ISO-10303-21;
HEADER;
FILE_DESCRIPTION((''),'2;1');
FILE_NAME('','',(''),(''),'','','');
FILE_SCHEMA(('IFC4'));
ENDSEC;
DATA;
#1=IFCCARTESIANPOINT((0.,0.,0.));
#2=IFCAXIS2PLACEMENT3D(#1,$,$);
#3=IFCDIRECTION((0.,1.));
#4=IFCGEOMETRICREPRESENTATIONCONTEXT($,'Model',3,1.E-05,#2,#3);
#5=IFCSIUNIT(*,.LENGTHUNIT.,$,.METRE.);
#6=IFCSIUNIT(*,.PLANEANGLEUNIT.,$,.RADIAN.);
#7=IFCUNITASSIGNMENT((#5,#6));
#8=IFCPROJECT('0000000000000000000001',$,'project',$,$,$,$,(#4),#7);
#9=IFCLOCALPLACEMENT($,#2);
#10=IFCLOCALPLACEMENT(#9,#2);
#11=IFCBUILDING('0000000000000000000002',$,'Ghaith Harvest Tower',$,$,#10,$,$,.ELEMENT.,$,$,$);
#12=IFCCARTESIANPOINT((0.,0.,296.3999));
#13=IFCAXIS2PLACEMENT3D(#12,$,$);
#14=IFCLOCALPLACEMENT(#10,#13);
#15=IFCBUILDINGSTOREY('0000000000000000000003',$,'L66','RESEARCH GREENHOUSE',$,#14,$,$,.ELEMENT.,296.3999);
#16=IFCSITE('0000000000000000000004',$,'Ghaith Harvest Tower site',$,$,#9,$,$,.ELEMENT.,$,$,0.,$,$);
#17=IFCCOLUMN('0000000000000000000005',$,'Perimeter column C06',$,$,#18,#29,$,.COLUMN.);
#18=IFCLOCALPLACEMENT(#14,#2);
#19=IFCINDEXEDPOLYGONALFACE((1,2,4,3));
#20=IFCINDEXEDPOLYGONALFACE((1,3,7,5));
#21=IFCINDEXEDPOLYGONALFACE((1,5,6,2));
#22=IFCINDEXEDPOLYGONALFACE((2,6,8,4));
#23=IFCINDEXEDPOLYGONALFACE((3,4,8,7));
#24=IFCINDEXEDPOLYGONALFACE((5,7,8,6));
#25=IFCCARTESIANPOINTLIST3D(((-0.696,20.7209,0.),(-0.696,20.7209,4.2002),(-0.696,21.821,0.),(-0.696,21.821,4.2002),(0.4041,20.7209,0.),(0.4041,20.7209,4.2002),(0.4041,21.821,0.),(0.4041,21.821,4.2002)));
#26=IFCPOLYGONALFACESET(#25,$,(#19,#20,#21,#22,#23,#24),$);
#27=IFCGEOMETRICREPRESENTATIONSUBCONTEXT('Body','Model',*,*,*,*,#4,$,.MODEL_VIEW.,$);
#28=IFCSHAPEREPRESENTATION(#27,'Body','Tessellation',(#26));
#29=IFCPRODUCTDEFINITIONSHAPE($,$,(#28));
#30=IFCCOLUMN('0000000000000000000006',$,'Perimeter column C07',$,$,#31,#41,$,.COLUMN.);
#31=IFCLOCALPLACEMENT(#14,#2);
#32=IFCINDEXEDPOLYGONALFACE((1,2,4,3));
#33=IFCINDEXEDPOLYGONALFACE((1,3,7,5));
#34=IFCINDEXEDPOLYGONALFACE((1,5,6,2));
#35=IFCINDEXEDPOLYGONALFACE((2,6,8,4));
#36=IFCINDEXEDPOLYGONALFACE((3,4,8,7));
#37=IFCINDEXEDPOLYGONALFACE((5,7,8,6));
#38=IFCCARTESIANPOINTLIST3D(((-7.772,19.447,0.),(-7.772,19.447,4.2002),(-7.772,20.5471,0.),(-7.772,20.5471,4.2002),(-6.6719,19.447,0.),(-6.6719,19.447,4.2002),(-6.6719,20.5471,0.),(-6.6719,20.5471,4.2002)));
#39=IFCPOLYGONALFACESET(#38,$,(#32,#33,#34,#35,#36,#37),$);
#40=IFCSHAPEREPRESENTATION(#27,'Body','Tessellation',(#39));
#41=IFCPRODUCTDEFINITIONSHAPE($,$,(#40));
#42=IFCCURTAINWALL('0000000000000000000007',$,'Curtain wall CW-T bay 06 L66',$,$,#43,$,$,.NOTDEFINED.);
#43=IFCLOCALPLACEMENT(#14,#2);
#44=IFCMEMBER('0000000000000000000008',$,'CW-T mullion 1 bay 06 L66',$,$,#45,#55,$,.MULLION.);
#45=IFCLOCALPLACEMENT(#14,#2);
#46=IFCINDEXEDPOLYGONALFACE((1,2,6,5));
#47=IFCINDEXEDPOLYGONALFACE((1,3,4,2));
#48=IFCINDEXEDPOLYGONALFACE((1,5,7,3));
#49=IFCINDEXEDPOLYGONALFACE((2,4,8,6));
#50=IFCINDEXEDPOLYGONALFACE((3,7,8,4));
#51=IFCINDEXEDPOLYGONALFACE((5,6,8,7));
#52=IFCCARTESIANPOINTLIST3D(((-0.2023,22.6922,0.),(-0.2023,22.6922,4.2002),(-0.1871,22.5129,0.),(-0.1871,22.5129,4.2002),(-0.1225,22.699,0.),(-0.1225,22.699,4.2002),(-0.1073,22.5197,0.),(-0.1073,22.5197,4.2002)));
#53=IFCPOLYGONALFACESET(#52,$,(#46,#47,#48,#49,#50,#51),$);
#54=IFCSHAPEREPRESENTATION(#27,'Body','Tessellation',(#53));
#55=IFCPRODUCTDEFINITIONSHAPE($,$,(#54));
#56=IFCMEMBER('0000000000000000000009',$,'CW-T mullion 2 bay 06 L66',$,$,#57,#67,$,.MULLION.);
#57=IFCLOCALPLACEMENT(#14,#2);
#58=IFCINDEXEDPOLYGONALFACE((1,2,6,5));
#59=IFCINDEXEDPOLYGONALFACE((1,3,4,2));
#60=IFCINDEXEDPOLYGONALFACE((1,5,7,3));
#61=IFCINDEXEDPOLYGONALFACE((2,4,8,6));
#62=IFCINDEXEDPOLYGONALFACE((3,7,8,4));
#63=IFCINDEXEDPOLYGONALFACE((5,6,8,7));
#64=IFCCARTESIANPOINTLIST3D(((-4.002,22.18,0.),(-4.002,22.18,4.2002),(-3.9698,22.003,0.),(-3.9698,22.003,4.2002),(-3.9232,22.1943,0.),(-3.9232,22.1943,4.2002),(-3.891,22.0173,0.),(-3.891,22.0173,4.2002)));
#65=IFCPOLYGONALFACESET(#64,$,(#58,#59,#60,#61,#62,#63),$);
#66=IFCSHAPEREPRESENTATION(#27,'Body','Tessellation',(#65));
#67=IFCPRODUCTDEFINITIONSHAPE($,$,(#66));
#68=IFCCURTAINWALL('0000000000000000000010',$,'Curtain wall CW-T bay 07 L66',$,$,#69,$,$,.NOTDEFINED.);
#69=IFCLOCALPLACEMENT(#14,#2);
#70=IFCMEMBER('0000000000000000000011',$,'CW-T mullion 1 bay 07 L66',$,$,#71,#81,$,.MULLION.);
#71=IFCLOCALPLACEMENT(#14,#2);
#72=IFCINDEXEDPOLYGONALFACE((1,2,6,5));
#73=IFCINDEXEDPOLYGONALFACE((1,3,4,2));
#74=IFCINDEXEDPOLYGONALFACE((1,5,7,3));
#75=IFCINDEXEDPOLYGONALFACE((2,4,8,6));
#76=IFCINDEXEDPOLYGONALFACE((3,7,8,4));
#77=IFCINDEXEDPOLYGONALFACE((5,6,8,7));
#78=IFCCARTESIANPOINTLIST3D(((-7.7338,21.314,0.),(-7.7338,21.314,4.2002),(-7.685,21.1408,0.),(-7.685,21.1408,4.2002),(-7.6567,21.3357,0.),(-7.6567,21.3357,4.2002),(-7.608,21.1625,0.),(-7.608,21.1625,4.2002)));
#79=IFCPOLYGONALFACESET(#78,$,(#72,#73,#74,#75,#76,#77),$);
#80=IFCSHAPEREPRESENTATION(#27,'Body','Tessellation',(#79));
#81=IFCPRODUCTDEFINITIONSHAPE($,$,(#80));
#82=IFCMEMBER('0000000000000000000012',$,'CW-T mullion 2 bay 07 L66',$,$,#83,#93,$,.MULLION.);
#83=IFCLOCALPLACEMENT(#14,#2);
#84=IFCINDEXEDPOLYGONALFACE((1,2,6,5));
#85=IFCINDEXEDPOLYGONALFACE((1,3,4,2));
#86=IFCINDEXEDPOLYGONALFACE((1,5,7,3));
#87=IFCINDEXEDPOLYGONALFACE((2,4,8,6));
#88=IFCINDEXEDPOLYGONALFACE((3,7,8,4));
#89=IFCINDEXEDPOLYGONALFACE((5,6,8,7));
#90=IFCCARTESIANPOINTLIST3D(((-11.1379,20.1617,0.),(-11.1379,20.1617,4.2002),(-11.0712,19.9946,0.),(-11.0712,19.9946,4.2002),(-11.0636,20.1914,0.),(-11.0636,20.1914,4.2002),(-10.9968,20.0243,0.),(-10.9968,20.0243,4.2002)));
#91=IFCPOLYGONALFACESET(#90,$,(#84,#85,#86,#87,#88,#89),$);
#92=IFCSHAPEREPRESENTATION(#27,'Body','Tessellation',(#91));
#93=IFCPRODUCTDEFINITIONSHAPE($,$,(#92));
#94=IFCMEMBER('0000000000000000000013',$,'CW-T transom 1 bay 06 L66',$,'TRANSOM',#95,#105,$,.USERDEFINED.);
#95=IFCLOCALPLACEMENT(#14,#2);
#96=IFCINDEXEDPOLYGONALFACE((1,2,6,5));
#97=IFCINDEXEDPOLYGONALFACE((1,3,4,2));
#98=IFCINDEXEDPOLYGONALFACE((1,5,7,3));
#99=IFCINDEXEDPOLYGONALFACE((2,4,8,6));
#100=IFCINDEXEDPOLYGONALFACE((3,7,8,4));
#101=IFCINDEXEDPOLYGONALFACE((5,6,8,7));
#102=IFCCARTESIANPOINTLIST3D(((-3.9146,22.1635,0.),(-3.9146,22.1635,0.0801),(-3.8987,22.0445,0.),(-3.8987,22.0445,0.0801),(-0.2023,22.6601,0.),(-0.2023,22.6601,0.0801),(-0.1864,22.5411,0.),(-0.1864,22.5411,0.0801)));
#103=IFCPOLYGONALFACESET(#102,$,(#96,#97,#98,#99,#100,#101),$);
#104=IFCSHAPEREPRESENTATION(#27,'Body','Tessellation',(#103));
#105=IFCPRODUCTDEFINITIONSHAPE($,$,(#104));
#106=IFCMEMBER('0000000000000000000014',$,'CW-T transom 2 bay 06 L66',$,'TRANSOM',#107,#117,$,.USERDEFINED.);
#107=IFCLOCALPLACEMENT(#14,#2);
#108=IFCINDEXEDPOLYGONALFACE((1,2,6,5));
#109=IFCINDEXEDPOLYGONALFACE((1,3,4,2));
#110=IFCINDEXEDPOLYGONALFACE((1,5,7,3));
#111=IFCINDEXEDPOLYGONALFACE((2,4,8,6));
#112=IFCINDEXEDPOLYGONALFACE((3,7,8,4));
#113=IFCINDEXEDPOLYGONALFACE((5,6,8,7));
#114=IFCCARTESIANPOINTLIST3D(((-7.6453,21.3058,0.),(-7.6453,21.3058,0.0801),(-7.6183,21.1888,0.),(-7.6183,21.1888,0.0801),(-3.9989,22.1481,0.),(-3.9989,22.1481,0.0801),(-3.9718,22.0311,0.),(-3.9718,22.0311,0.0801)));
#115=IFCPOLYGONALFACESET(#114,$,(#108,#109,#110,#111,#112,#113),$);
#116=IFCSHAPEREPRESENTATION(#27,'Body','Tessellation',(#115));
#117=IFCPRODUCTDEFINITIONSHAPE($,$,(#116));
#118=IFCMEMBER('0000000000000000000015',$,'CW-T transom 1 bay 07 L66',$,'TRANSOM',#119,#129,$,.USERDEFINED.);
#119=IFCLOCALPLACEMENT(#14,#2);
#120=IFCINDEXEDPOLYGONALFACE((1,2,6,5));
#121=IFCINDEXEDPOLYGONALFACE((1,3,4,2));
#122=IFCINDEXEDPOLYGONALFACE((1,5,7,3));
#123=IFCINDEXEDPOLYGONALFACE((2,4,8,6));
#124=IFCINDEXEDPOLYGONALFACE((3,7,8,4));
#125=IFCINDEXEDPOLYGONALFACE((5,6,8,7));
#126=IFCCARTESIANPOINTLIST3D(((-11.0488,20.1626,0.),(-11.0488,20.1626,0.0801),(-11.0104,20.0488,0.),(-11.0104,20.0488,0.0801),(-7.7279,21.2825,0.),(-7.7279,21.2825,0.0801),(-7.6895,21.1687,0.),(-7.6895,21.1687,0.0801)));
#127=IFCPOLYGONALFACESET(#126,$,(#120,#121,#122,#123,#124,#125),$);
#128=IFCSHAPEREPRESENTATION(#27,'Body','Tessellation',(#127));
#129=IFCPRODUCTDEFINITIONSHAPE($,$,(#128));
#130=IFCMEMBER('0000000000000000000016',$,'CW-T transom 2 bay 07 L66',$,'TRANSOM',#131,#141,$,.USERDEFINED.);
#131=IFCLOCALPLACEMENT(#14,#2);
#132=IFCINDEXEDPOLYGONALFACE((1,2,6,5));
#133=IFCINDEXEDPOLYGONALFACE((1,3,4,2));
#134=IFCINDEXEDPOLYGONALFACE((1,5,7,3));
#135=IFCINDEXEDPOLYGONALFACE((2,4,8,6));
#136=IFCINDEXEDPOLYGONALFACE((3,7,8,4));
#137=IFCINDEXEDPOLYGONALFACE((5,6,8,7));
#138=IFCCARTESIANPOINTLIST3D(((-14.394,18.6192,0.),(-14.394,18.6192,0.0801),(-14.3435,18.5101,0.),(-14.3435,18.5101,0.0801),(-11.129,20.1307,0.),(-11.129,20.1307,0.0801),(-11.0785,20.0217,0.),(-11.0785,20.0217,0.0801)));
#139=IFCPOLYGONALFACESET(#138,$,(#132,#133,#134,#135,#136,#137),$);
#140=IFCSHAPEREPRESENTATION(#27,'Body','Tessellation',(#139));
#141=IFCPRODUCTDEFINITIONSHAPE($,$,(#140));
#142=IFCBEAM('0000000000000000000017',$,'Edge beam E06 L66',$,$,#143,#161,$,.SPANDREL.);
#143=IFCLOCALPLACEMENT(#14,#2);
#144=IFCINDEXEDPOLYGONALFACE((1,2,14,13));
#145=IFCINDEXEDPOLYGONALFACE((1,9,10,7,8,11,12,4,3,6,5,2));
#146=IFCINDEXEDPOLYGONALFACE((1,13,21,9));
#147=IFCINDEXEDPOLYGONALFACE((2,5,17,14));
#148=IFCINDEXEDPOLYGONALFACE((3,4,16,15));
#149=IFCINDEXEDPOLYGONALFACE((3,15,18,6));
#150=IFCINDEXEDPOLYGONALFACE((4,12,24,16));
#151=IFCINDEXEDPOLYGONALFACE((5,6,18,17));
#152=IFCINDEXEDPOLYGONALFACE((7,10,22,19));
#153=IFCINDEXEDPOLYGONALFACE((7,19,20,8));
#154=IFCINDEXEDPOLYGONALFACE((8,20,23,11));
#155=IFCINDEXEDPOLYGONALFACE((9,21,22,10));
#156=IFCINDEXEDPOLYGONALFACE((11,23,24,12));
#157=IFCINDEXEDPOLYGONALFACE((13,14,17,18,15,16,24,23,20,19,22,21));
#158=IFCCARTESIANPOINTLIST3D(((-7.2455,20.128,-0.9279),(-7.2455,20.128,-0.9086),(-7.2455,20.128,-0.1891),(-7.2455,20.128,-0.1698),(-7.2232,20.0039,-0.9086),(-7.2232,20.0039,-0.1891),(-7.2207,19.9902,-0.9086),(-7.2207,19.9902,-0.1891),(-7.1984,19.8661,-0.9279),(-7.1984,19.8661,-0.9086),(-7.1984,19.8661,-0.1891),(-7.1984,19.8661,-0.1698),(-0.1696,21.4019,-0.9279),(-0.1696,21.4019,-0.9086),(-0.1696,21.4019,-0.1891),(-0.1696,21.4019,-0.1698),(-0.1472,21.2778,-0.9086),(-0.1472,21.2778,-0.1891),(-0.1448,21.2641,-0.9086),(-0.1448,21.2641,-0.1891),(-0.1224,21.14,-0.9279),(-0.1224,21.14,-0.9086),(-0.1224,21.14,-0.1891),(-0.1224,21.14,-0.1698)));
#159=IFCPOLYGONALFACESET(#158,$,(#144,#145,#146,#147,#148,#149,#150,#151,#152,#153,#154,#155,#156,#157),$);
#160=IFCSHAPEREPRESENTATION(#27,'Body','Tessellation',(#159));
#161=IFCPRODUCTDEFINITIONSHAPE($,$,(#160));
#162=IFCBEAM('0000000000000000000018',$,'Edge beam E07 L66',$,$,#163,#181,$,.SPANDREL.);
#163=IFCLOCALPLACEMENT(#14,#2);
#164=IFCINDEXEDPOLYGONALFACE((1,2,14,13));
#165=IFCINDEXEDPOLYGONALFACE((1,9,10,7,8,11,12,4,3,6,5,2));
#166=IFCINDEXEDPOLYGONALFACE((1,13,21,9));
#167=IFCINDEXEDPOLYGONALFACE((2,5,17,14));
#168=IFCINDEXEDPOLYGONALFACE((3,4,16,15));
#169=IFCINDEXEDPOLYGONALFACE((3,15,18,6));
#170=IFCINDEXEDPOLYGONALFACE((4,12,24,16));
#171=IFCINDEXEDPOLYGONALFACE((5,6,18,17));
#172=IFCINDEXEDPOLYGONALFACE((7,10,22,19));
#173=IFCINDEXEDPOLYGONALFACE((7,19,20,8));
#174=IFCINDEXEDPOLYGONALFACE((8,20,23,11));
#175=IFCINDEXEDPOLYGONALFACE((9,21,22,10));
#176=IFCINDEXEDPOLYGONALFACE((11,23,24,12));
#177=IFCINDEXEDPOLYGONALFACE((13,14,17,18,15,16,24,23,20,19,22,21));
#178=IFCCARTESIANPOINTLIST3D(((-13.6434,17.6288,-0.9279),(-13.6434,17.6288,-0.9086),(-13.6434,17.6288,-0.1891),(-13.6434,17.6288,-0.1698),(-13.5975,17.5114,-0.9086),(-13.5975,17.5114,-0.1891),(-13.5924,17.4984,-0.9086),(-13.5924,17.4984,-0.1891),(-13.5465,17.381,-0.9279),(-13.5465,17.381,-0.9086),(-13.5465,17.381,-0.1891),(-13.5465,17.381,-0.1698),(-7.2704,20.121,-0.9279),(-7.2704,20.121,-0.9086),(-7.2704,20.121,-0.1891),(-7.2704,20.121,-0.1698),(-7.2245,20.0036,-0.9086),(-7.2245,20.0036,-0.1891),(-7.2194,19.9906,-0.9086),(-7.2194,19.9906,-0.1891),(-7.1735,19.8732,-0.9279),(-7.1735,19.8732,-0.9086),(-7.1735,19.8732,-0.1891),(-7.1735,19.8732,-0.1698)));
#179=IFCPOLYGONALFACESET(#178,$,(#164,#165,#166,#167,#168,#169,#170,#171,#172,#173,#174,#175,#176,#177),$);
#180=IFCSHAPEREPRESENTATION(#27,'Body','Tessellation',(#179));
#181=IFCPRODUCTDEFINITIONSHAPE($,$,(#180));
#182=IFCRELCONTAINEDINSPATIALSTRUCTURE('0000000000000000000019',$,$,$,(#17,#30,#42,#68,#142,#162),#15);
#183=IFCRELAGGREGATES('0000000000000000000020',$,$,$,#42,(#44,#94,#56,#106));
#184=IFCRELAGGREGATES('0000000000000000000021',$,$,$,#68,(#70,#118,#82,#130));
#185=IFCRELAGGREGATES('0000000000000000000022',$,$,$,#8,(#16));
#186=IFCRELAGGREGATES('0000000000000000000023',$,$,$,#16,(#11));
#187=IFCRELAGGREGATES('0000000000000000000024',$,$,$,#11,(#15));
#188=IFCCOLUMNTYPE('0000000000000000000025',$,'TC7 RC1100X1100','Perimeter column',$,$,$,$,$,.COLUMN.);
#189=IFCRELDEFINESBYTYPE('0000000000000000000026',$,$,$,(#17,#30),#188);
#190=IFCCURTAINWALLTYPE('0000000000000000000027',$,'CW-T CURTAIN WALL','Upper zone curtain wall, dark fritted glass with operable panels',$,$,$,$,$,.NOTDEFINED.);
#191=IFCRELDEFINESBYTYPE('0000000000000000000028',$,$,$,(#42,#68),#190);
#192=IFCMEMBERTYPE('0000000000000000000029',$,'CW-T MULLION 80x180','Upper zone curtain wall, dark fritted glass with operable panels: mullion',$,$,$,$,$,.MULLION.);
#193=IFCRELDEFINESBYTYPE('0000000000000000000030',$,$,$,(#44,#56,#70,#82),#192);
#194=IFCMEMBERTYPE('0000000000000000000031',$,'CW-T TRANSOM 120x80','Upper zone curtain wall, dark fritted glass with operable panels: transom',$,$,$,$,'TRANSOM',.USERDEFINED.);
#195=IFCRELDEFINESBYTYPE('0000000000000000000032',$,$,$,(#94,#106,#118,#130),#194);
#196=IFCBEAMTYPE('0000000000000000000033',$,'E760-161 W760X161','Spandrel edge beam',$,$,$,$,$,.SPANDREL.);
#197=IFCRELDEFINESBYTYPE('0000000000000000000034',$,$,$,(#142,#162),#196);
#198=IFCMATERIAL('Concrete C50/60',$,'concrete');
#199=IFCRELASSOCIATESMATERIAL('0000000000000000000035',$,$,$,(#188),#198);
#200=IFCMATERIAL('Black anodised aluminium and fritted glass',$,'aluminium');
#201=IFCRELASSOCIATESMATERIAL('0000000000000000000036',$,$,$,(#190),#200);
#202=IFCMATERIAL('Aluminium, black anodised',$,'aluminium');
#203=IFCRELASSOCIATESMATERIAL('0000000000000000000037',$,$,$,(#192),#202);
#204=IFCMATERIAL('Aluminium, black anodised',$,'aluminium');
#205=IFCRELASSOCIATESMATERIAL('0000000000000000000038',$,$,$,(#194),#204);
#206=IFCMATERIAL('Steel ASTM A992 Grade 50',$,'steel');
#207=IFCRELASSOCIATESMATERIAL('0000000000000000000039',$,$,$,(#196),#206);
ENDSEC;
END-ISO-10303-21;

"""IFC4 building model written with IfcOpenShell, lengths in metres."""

from ifc_helpers import new_model, si_unit, direction, frame, origin, origin_2d, place, context, subcontext, project, spatial, rectangle, i_section, extrude, material, material_profile, profile_set, type_object, element, aggregate, save


model = new_model("IFC4")

# Units and contexts
model_context = context("Model", 3, precision=1e-05, world=origin(), true_north=direction((0.0, 1.0)))
body_context = subcontext(model_context, "Body", "Model", "MODEL_VIEW")
ifc_project = project(units=[si_unit("LENGTHUNIT", "METRE"), si_unit("PLANEANGLEUNIT", "RADIAN")], contexts=[model_context])

# Site, building, storey
site_placement = place(None, origin())
site = spatial("IfcSite", under=ifc_project, at=site_placement, Name="Ghaith Harvest Tower site", CompositionType="ELEMENT", RefElevation=0.0)
building_placement = place(site_placement, origin())
building = spatial("IfcBuilding", under=site, at=building_placement, Name="Ghaith Harvest Tower", CompositionType="ELEMENT")
storey_placement = place(building_placement, frame((0.0, 0.0, 296.3999)))
storey = spatial("IfcBuildingStorey", under=building, at=storey_placement, Name="L66", Description="RESEARCH GREENHOUSE", CompositionType="ELEMENT", Elevation=296.3999)

# Columns
ifc_material_1 = material(Name="Concrete C50/60", Category="concrete")
ifc_material_profile_1 = material_profile(ifc_material_1, rectangle(XDim=1.1001, YDim=1.1001, at=origin_2d()), Name="RC1100X1100")
ifc_profile_set_1 = profile_set([ifc_material_profile_1], Name="Concrete C50/60")
column_type = type_object("IfcColumnType", Name="TC7 RC1100X1100", Description="Perimeter column", PredefinedType="COLUMN", material=ifc_profile_set_1)
for number, where, z_axis, x_axis, name in (
    (1, (-0.146, 21.271, 0.0), (0.0, 0.0, 1.0), (1.0, 0.0, 0.0), "Perimeter column C06"),
    (2, (-7.2219, 19.9971, 0.0), (0.0, 0.0, 1.0), (1.0, 0.0, 0.0), "Perimeter column C07"),
):
    element("IfcColumn", number, at=place(storey_placement, frame(where, z_axis=z_axis, x_axis=x_axis)), inside=storey, type_object=column_type, Name=name, PredefinedType="COLUMN", context=body_context, shape_type="SweptSolid", body=[
        extrude(rectangle(XDim=1.1001, YDim=1.1001, at=origin_2d()), origin(), (0.0, 0.0, 1.0), 4.2002),
    ])

# Curtain walls, members
ifc_material_2 = material(Name="Black anodised aluminium and fritted glass", Category="aluminium")
curtain_wall_type = type_object("IfcCurtainWallType", Name="CW-T CURTAIN WALL", Description="Upper zone curtain wall, dark fritted glass with operable panels", PredefinedType="NOTDEFINED", material=ifc_material_2)
curtain_wall_1_placement = place(storey_placement, origin())
curtain_wall_1 = element("IfcCurtainWall", 3, at=curtain_wall_1_placement, inside=storey, type_object=curtain_wall_type, Name="Curtain wall CW-T bay 06 L66", PredefinedType="NOTDEFINED")
ifc_material_3 = material(Name="Aluminium, black anodised", Category="aluminium")
ifc_material_profile_2 = material_profile(ifc_material_3, rectangle(XDim=0.0801, YDim=0.1799, at=origin_2d()), Name="CW-T MULLION 80x180")
ifc_profile_set_2 = profile_set([ifc_material_profile_2], Name="Aluminium, black anodised")
member_type_1 = type_object("IfcMemberType", Name="CW-T MULLION 80x180", Description="Upper zone curtain wall, dark fritted glass with operable panels: mullion", PredefinedType="MULLION", material=ifc_profile_set_2)
member_1_placement = place(storey_placement, frame((-0.1548, 22.606, 0.0), z_axis=(0.0, 0.0, 1.0), x_axis=(-0.996415, -0.084602, 0.0)))
member_1 = element("IfcMember", 4, at=member_1_placement, type_object=member_type_1, Name="CW-T mullion 1 bay 06 L66", PredefinedType="MULLION", context=body_context, shape_type="SweptSolid", body=[
    extrude(rectangle(XDim=0.0801, YDim=0.1799, at=origin_2d()), origin(), (0.0, 0.0, 1.0), 4.2002),
])
member_2_placement = place(storey_placement, frame((-3.9465, 22.0986, 0.0), z_axis=(0.0, 0.0, 1.0), x_axis=(-0.983843, -0.179031, 0.0)))
member_2 = element("IfcMember", 5, at=member_2_placement, type_object=member_type_1, Name="CW-T mullion 2 bay 06 L66", PredefinedType="MULLION", context=body_context, shape_type="SweptSolid", body=[
    extrude(rectangle(XDim=0.0801, YDim=0.1799, at=origin_2d()), origin(), (0.0, 0.0, 1.0), 4.2002),
])
curtain_wall_2_placement = place(storey_placement, origin())
curtain_wall_2 = element("IfcCurtainWall", 6, at=curtain_wall_2_placement, inside=storey, type_object=curtain_wall_type, Name="Curtain wall CW-T bay 07 L66", PredefinedType="NOTDEFINED")
member_3_placement = place(storey_placement, frame((-7.6709, 21.2383, 0.0), z_axis=(0.0, 0.0, 1.0), x_axis=(-0.962552, -0.271095, 0.0)))
member_3 = element("IfcMember", 7, at=member_3_placement, type_object=member_type_1, Name="CW-T mullion 1 bay 07 L66", PredefinedType="MULLION", context=body_context, shape_type="SweptSolid", body=[
    extrude(rectangle(XDim=0.0801, YDim=0.1799, at=origin_2d()), origin(), (0.0, 0.0, 1.0), 4.2002),
])
member_4_placement = place(storey_placement, frame((-11.0674, 20.093, 0.0), z_axis=(0.0, 0.0, 1.0), x_axis=(-0.928624, -0.371021, 0.0)))
member_4 = element("IfcMember", 8, at=member_4_placement, type_object=member_type_1, Name="CW-T mullion 2 bay 07 L66", PredefinedType="MULLION", context=body_context, shape_type="SweptSolid", body=[
    extrude(rectangle(XDim=0.0801, YDim=0.1799, at=origin_2d()), origin(), (0.0, 0.0, 1.0), 4.2002),
])

# Members
ifc_material_4 = material(Name="Aluminium, black anodised", Category="aluminium")
ifc_material_profile_3 = material_profile(ifc_material_4, rectangle(XDim=0.1201, YDim=0.0801, at=origin_2d()), Name="CW-T TRANSOM 120x80")
ifc_profile_set_3 = profile_set([ifc_material_profile_3], Name="Aluminium, black anodised")
member_type_2 = type_object("IfcMemberType", Name="CW-T TRANSOM 120x80", Description="Upper zone curtain wall, dark fritted glass with operable panels: transom", ElementType="TRANSOM", PredefinedType="USERDEFINED", material=ifc_profile_set_3)
member_5_placement = place(storey_placement, frame((-0.1943, 22.6006, 0.04), z_axis=(-0.991172, -0.132582, 0.0), x_axis=(0.132582, -0.991172, 0.0)))
member_5 = element("IfcMember", 9, at=member_5_placement, type_object=member_type_2, Name="CW-T transom 1 bay 06 L66", ObjectType="TRANSOM", PredefinedType="USERDEFINED", context=body_context, shape_type="SweptSolid", body=[
    extrude(rectangle(XDim=0.1201, YDim=0.0801, at=origin_2d()), origin(), (0.0, 0.0, 1.0), 3.7454),
])
member_6_placement = place(storey_placement, frame((-3.9854, 22.0896, 0.04), z_axis=(-0.974345, -0.22506, 0.0), x_axis=(0.22506, -0.974345, 0.0)))
member_6 = element("IfcMember", 10, at=member_6_placement, type_object=member_type_2, Name="CW-T transom 2 bay 06 L66", ObjectType="TRANSOM", PredefinedType="USERDEFINED", context=body_context, shape_type="SweptSolid", body=[
    extrude(rectangle(XDim=0.1201, YDim=0.0801, at=origin_2d()), origin(), (0.0, 0.0, 1.0), 3.7424),
])
member_7_placement = place(storey_placement, frame((-7.7087, 21.2256, 0.04), z_axis=(-0.94757, -0.319549, 0.0), x_axis=(0.319549, -0.94757, 0.0)))
member_7 = element("IfcMember", 11, at=member_7_placement, type_object=member_type_2, Name="CW-T transom 1 bay 07 L66", ObjectType="TRANSOM", PredefinedType="USERDEFINED", context=body_context, shape_type="SweptSolid", body=[
    extrude(rectangle(XDim=0.1201, YDim=0.0801, at=origin_2d()), origin(), (0.0, 0.0, 1.0), 3.5046),
])
member_8_placement = place(storey_placement, frame((-11.1038, 20.0762, 0.04), z_axis=(-0.907472, -0.420112, 0.0), x_axis=(0.420112, -0.907472, 0.0)))
member_8 = element("IfcMember", 12, at=member_8_placement, type_object=member_type_2, Name="CW-T transom 2 bay 07 L66", ObjectType="TRANSOM", PredefinedType="USERDEFINED", context=body_context, shape_type="SweptSolid", body=[
    extrude(rectangle(XDim=0.1201, YDim=0.0801, at=origin_2d()), origin(), (0.0, 0.0, 1.0), 3.5979),
])

# Beams
ifc_material_5 = material(Name="Steel ASTM A992 Grade 50", Category="steel")
ifc_material_profile_4 = material_profile(ifc_material_5, i_section(OverallWidth=0.2661, OverallDepth=0.7581, WebThickness=0.0139, FlangeThickness=0.0193, at=origin_2d()), Name="W760X161")
ifc_profile_set_4 = profile_set([ifc_material_profile_4], Name="Steel ASTM A992 Grade 50")
beam_type_1 = type_object("IfcBeamType", Name="E760-161 W760X161", Description="Spandrel edge beam", PredefinedType="SPANDREL", material=ifc_profile_set_4)
beam_1_placement = place(storey_placement, frame((-0.146, 21.271, -0.5488), z_axis=(-0.984177, -0.177188, 0.0), x_axis=(0.177188, -0.984177, 0.0)))
element("IfcBeam", 13, at=beam_1_placement, inside=storey, type_object=beam_type_1, Name="Edge beam E06 L66", PredefinedType="SPANDREL", context=body_context, shape_type="SweptSolid", body=[
    extrude(i_section(OverallWidth=0.2661, OverallDepth=0.7581, WebThickness=0.0139, FlangeThickness=0.0193, at=origin_2d()), origin(), (0.0, 0.0, 1.0), 7.1897),
])
beam_2_placement = place(storey_placement, frame((-7.2219, 19.9971, -0.5488), z_axis=(-0.931323, -0.364195, 0.0), x_axis=(0.364195, -0.931323, 0.0)))
element("IfcBeam", 14, at=beam_2_placement, inside=storey, type_object=beam_type_1, Name="Edge beam E07 L66", PredefinedType="SPANDREL", context=body_context, shape_type="SweptSolid", body=[
    extrude(i_section(OverallWidth=0.2661, OverallDepth=0.7581, WebThickness=0.0139, FlangeThickness=0.0193, at=origin_2d()), origin(), (0.0, 0.0, 1.0), 6.843),
])

aggregate(curtain_wall_1, [member_1, member_5, member_2, member_6])
aggregate(curtain_wall_2, [member_3, member_7, member_4, member_8])

save(model, "model.ifc")
